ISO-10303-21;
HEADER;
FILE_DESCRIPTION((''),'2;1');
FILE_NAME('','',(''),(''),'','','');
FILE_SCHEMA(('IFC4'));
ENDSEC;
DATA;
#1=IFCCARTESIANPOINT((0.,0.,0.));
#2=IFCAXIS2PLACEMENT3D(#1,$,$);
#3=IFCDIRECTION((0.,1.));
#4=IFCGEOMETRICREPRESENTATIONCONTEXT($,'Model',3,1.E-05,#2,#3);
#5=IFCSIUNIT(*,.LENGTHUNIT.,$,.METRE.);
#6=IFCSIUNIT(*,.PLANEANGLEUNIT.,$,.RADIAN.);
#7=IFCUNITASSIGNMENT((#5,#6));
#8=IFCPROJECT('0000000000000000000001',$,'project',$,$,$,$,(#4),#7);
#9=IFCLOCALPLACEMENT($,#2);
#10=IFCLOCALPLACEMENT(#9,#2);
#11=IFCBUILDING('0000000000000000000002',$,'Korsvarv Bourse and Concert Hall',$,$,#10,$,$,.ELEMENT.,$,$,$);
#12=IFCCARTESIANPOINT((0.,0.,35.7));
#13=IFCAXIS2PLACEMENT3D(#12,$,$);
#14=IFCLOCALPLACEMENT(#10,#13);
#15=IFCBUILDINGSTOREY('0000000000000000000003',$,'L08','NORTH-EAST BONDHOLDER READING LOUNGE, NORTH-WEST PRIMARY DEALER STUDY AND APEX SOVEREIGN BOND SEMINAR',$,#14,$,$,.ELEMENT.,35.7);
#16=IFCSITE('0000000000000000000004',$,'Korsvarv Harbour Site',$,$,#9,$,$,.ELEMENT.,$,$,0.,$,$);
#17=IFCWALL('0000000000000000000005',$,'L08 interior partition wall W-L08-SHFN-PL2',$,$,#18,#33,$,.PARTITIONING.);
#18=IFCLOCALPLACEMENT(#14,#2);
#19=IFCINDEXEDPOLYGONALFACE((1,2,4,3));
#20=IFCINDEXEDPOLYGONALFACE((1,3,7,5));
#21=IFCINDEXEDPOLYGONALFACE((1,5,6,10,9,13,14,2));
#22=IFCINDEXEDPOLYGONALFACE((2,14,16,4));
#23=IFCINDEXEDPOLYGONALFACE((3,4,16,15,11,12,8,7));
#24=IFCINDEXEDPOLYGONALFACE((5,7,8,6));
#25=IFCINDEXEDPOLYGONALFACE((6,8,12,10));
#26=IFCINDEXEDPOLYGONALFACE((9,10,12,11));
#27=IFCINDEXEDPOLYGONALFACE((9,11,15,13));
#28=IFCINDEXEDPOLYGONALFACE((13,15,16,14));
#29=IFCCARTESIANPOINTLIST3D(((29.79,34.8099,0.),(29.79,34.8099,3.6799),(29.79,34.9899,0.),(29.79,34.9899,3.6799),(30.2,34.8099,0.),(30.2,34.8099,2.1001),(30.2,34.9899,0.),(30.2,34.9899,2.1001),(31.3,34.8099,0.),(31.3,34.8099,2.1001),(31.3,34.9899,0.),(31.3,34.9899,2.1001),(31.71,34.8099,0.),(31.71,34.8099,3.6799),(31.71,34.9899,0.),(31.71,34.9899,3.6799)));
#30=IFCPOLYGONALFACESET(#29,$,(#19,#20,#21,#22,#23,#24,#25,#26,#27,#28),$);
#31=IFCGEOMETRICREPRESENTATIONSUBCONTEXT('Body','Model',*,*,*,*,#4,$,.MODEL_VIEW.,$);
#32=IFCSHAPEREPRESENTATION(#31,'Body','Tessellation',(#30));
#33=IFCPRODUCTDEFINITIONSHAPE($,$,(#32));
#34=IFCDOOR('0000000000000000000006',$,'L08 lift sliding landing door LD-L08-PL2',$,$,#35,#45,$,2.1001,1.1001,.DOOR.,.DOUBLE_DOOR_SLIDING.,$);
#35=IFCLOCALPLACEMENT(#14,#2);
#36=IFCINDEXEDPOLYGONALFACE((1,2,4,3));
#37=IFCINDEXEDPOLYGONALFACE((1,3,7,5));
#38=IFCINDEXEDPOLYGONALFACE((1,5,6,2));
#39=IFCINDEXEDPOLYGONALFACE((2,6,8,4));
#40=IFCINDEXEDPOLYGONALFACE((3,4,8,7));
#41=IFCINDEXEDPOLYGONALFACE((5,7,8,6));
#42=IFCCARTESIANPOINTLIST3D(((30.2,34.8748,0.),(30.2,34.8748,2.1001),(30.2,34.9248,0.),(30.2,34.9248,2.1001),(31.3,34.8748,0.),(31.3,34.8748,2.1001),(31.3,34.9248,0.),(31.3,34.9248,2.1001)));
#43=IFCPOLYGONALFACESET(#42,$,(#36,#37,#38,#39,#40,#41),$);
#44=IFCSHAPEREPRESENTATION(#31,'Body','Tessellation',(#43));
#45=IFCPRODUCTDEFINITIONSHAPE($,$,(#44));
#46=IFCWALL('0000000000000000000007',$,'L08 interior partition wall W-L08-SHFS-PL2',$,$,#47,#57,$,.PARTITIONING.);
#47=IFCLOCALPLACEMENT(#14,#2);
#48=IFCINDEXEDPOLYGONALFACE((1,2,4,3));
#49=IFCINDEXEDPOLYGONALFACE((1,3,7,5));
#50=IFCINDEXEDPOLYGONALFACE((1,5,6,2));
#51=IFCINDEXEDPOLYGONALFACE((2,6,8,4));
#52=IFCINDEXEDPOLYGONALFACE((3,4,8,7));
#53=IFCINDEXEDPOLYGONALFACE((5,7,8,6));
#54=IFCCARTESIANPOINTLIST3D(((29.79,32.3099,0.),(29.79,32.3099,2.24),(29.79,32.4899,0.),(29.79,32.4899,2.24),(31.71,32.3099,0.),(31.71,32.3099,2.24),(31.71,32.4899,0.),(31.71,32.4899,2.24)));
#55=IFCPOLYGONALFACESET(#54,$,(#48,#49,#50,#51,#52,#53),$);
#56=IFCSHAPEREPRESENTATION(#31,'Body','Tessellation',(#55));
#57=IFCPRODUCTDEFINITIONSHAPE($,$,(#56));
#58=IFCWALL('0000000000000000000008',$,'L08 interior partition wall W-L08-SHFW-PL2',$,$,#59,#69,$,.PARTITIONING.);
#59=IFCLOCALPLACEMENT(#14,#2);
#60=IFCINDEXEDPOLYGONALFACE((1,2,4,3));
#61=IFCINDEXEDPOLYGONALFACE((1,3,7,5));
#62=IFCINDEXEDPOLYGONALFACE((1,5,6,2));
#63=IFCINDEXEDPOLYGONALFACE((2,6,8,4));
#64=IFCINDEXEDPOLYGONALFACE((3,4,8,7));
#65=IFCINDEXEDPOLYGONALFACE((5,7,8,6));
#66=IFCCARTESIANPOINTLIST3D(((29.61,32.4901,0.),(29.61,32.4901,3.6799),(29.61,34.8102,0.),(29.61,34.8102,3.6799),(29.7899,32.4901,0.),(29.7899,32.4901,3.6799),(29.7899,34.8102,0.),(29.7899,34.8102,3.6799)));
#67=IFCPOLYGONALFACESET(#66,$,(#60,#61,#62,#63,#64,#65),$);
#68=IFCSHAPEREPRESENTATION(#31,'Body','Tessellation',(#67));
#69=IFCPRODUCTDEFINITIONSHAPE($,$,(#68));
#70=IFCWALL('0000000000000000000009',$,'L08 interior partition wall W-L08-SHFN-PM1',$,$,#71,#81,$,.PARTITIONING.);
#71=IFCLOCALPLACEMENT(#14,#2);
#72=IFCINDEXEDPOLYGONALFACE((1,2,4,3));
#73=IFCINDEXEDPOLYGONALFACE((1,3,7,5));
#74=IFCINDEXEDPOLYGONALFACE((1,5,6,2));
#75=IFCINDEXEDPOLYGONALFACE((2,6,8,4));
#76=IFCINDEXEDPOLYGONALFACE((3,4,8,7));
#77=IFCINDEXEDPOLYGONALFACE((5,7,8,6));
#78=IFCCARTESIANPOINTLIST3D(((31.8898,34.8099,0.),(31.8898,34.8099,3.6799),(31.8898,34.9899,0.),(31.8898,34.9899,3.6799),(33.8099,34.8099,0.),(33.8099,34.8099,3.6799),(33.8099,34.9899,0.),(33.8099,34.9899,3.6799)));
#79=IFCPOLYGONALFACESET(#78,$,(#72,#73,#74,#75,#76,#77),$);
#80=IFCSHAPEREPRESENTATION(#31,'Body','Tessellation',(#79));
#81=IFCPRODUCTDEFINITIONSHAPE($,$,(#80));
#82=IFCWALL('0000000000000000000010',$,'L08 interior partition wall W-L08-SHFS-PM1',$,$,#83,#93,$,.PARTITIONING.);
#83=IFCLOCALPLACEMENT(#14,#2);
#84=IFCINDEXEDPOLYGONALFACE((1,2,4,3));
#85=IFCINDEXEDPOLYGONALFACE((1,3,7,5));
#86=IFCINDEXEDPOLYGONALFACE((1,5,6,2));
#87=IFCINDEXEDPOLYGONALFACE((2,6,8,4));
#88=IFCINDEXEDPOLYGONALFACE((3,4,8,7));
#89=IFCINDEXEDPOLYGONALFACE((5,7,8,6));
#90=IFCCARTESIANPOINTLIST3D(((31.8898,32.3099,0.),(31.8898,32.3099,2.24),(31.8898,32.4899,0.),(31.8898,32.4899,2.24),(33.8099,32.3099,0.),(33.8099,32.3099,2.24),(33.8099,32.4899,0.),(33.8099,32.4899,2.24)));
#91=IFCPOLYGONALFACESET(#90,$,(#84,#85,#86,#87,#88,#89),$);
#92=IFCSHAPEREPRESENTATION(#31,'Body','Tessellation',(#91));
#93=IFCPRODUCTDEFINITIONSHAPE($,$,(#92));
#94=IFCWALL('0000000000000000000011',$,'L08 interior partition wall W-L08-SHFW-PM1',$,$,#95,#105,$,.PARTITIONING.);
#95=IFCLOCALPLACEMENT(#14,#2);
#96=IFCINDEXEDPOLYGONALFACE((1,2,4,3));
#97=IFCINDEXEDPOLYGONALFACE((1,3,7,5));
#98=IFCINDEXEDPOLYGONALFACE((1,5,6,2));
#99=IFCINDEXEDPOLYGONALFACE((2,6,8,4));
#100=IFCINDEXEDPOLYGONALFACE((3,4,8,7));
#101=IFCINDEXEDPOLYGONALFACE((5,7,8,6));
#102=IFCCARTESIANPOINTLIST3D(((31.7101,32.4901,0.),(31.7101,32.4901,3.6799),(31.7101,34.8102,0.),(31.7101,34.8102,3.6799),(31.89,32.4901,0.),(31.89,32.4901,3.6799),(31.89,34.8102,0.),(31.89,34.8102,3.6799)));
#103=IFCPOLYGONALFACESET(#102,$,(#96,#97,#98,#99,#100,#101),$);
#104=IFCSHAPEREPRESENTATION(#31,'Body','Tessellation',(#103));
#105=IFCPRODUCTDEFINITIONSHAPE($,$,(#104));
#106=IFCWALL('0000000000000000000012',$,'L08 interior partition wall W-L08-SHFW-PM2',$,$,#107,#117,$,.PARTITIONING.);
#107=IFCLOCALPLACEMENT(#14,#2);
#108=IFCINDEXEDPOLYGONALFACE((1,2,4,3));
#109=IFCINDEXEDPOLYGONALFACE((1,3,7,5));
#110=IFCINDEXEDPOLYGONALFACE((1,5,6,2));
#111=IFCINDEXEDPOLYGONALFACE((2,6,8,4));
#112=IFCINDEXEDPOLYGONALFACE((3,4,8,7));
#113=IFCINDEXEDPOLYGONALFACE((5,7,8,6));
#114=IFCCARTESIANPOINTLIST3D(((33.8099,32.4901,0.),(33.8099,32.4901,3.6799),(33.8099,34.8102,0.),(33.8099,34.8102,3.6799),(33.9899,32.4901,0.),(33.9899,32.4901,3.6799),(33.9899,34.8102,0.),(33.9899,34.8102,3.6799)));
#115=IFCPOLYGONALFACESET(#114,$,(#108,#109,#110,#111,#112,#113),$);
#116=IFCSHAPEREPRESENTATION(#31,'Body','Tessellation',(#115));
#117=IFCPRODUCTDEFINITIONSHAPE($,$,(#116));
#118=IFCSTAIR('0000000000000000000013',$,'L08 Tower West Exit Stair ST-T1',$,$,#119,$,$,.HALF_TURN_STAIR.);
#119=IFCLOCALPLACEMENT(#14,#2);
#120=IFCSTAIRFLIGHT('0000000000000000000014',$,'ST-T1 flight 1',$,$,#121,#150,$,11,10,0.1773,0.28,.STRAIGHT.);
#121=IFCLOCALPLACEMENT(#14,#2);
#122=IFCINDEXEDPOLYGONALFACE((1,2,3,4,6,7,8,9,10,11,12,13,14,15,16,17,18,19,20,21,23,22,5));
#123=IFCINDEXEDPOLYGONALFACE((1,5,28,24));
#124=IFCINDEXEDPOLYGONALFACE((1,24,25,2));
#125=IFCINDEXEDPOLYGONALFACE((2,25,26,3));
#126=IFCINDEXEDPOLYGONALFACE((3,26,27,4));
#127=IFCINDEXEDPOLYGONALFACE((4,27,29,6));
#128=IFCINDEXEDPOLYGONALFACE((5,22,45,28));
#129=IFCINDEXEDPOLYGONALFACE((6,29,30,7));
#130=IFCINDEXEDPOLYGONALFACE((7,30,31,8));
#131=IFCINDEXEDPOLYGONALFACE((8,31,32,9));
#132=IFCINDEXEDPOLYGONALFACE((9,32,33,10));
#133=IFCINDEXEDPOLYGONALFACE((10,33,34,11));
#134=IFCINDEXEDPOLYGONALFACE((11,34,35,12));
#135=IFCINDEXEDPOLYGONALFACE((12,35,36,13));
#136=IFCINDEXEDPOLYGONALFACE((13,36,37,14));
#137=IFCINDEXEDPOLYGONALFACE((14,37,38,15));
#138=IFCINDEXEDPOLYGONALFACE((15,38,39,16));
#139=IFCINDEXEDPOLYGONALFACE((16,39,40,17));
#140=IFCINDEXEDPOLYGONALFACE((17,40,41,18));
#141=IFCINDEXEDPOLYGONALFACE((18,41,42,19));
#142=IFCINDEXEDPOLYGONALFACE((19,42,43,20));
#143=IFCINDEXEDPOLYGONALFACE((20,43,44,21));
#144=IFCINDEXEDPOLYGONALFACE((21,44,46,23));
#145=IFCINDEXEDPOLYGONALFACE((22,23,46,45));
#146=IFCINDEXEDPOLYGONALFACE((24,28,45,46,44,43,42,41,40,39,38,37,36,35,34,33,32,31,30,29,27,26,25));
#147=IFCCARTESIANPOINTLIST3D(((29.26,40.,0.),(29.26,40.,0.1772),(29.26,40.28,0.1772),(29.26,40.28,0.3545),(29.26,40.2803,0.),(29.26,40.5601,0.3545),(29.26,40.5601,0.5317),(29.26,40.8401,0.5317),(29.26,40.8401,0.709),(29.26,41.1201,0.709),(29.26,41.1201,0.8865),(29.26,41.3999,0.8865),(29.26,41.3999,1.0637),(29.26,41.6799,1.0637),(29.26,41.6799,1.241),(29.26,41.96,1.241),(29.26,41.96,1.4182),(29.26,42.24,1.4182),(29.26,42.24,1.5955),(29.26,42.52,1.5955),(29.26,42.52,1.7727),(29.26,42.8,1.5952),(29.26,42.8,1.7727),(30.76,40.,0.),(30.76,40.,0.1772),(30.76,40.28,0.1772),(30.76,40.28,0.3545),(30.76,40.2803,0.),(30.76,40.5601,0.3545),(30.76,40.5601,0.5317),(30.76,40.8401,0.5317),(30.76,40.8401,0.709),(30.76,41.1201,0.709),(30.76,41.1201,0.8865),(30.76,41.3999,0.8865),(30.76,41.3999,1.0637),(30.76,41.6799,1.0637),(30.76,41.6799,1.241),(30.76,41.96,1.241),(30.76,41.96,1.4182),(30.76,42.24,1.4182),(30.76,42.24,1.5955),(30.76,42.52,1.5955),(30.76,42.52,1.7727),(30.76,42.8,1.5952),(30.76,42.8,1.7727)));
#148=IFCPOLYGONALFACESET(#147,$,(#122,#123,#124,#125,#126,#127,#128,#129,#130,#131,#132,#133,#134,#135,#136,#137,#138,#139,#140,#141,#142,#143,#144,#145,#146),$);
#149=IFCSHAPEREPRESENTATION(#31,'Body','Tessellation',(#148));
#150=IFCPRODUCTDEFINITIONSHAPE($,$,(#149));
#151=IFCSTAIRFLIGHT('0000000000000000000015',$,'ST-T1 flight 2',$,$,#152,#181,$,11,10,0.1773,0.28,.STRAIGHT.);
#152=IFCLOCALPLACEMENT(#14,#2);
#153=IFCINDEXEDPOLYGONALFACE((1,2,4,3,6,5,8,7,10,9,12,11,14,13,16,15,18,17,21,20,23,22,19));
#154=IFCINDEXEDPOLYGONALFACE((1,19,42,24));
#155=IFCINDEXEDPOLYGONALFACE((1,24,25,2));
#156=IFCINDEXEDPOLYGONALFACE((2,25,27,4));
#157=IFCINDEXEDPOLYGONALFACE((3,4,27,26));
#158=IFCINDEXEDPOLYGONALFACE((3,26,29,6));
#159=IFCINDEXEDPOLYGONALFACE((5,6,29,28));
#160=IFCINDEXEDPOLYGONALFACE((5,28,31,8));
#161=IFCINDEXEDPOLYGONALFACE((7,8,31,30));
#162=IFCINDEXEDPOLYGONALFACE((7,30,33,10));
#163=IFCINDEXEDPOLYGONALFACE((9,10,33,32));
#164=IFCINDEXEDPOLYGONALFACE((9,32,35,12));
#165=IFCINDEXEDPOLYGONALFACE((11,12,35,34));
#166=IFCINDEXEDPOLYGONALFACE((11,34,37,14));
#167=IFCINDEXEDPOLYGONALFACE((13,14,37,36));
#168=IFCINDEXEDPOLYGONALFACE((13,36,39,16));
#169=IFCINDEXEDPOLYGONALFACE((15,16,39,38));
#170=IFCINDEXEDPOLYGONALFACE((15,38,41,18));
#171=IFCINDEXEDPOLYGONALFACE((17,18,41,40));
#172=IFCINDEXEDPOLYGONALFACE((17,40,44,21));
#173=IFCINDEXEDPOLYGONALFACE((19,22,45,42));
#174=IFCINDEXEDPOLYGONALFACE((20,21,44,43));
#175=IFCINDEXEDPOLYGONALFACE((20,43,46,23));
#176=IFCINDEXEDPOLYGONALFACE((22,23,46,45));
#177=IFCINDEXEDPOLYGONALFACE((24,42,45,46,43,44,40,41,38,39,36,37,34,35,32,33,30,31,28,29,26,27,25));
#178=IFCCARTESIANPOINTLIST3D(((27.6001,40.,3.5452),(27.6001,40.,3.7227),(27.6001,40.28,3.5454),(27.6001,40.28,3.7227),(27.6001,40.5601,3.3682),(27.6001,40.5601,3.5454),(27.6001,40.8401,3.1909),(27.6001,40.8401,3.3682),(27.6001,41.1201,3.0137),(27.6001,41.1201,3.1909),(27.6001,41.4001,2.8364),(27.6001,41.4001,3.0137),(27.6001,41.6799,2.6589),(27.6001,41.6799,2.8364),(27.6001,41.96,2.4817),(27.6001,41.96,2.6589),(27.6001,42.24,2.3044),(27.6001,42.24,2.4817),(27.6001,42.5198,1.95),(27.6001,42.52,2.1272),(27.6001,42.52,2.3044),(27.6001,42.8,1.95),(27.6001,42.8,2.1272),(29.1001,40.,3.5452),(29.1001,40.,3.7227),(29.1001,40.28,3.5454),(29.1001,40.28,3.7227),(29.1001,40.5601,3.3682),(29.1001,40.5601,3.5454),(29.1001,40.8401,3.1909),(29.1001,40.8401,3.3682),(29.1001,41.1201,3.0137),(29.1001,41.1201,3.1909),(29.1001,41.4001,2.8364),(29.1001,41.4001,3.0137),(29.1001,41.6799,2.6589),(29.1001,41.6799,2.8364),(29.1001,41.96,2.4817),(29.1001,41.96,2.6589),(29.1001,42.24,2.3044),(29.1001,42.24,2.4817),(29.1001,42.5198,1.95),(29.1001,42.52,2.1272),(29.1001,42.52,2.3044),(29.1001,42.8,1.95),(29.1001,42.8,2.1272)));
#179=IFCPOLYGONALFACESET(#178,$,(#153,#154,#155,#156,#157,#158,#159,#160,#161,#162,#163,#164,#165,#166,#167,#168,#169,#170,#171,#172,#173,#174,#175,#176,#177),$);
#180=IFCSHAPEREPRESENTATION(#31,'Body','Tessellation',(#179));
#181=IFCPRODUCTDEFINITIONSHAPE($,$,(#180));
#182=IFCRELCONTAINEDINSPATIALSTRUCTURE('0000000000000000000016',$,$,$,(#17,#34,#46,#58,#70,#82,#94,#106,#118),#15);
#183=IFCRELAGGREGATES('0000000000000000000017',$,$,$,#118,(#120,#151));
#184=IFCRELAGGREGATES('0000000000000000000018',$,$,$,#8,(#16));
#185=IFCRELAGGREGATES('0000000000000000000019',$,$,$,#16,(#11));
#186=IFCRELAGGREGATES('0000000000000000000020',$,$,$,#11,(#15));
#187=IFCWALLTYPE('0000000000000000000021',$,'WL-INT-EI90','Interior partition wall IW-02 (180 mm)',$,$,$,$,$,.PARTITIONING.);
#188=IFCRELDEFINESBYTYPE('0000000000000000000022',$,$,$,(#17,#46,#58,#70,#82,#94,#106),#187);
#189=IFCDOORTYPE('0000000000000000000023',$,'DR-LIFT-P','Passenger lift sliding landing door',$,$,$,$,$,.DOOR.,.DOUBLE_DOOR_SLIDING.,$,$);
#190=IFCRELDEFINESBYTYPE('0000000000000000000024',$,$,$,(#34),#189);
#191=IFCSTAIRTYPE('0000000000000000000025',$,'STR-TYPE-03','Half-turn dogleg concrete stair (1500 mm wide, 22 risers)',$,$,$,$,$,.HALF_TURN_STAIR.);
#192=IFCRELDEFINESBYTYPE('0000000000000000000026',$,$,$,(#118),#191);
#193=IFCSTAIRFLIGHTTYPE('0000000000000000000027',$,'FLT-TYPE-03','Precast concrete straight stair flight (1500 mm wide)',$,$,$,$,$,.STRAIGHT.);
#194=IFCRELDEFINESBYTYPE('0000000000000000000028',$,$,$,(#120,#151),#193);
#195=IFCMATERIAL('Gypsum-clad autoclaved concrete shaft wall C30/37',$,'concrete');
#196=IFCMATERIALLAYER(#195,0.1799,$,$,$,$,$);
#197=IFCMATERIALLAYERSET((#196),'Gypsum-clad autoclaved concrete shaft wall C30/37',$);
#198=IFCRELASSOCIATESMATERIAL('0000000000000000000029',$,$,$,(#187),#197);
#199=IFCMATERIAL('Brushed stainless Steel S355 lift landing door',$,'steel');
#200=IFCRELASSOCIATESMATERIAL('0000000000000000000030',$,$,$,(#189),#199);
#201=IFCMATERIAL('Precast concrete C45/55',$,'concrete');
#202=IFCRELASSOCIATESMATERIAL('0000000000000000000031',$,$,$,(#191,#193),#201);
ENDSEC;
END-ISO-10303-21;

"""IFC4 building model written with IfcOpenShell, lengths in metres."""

from ifc_helpers import new_model, si_unit, direction, frame, frame_2d, origin, place, context, subcontext, project, spatial, polyline, rectangle, outline, extrude, material, layer, layer_set, type_object, element, fill, aggregate, save


model = new_model("IFC4")

# Units and contexts
model_context = context("Model", 3, precision=1e-05, world=origin(), true_north=direction((0.0, 1.0)))
body_context = subcontext(model_context, "Body", "Model", "MODEL_VIEW")
ifc_project = project(units=[si_unit("LENGTHUNIT", "METRE"), si_unit("PLANEANGLEUNIT", "RADIAN")], contexts=[model_context])

# Site, building, storey
site_placement = place(None, origin())
site = spatial("IfcSite", under=ifc_project, at=site_placement, Name="Korsvarv Harbour Site", CompositionType="ELEMENT", RefElevation=0.0)
building_placement = place(site_placement, origin())
building = spatial("IfcBuilding", under=site, at=building_placement, Name="Korsvarv Bourse and Concert Hall", CompositionType="ELEMENT")
storey_placement = place(building_placement, frame((0.0, 0.0, 35.7)))
storey = spatial("IfcBuildingStorey", under=building, at=storey_placement, Name="L08", Description="NORTH-EAST BONDHOLDER READING LOUNGE, NORTH-WEST PRIMARY DEALER STUDY AND APEX SOVEREIGN BOND SEMINAR", CompositionType="ELEMENT", Elevation=35.7)

# Wall, opening, door
ifc_material_1 = material(Name="Gypsum-clad autoclaved concrete shaft wall C30/37", Category="concrete")
ifc_layer_1 = layer(ifc_material_1, 0.1799)
ifc_layer_set_1 = layer_set([ifc_layer_1], Name="Gypsum-clad autoclaved concrete shaft wall C30/37")
wall_type_1 = type_object("IfcWallType", Name="WL-INT-EI90", Description="Interior partition wall IW-02 (180 mm)", PredefinedType="PARTITIONING", material=ifc_layer_set_1)
wall_1_placement = place(storey_placement, frame((29.79, 34.8999, 0.0), z_axis=(0.0, 0.0, 1.0), x_axis=(1.0, 0.0, 0.0)))
wall_1 = element("IfcWall", 1, at=wall_1_placement, inside=storey, type_object=wall_type_1, Name="L08 interior partition wall W-L08-SHFN-PL2", PredefinedType="PARTITIONING", context=body_context, shape_type="SweptSolid", body=[
    extrude(rectangle(XDim=1.9199, YDim=0.1799, at=frame_2d((0.96, 0.0))), origin(), (0.0, 0.0, 1.0), 3.6799),
])
opening_1_placement = place(wall_1_placement, frame((0.4099, 0.0, 0.0)))
opening_1 = element("IfcOpeningElement", 2, at=opening_1_placement, cuts=wall_1, PredefinedType="OPENING", context=body_context, shape_type="SweptSolid", body=[
    extrude(rectangle(XDim=1.1001, YDim=2.1001, at=frame_2d((0.55, 1.05))), frame((0.0, 0.1001, 0.0), z_axis=(0.0, -1.0, 0.0), x_axis=(1.0, 0.0, 0.0)), (0.0, 0.0, 1.0), 0.2),
])
ifc_material_2 = material(Name="Brushed stainless Steel S355 lift landing door", Category="steel")
door_type_1 = type_object("IfcDoorType", Name="DR-LIFT-P", Description="Passenger lift sliding landing door", OperationType="DOUBLE_DOOR_SLIDING", PredefinedType="DOOR", material=ifc_material_2)
door_1_placement = place(opening_1_placement, origin())
door_1 = element("IfcDoor", 3, at=door_1_placement, inside=storey, type_object=door_type_1, Name="L08 lift sliding landing door LD-L08-PL2", OperationType="DOUBLE_DOOR_SLIDING", OverallHeight=2.1001, OverallWidth=1.1001, PredefinedType="DOOR", context=body_context, shape_type="SweptSolid", body=[
    extrude(rectangle(XDim=1.1001, YDim=2.1001, at=frame_2d((0.55, 1.05))), frame((0.0, 0.0249, 0.0), z_axis=(0.0, -1.0, 0.0), x_axis=(1.0, 0.0, 0.0)), (0.0, 0.0, 1.0), 0.05),
])
fill(opening_1, door_1)

# Walls
wall_2_placement = place(storey_placement, frame((29.79, 32.3999, 0.0), z_axis=(0.0, 0.0, 1.0), x_axis=(1.0, 0.0, 0.0)))
element("IfcWall", 4, at=wall_2_placement, inside=storey, type_object=wall_type_1, Name="L08 interior partition wall W-L08-SHFS-PL2", PredefinedType="PARTITIONING", context=body_context, shape_type="SweptSolid", body=[
    extrude(rectangle(XDim=1.9199, YDim=0.1799, at=frame_2d((0.96, 0.0))), origin(), (0.0, 0.0, 1.0), 2.24),
])
wall_3_placement = place(storey_placement, frame((29.7, 32.49, 0.0), z_axis=(0.0, 0.0, 1.0), x_axis=(0.0, 1.0, 0.0)))
element("IfcWall", 5, at=wall_3_placement, inside=storey, type_object=wall_type_1, Name="L08 interior partition wall W-L08-SHFW-PL2", PredefinedType="PARTITIONING", context=body_context, shape_type="SweptSolid", body=[
    extrude(rectangle(XDim=2.3201, YDim=0.1799, at=frame_2d((1.1602, 0.0))), origin(), (0.0, 0.0, 1.0), 3.6799),
])
wall_4_placement = place(storey_placement, frame((31.8899, 34.8999, 0.0), z_axis=(0.0, 0.0, 1.0), x_axis=(1.0, 0.0, 0.0)))
element("IfcWall", 6, at=wall_4_placement, inside=storey, type_object=wall_type_1, Name="L08 interior partition wall W-L08-SHFN-PM1", PredefinedType="PARTITIONING", context=body_context, shape_type="SweptSolid", body=[
    extrude(rectangle(XDim=1.9202, YDim=0.1799, at=frame_2d((0.96, 0.0))), origin(), (0.0, 0.0, 1.0), 3.6799),
])
wall_5_placement = place(storey_placement, frame((31.8899, 32.3999, 0.0), z_axis=(0.0, 0.0, 1.0), x_axis=(1.0, 0.0, 0.0)))
element("IfcWall", 7, at=wall_5_placement, inside=storey, type_object=wall_type_1, Name="L08 interior partition wall W-L08-SHFS-PM1", PredefinedType="PARTITIONING", context=body_context, shape_type="SweptSolid", body=[
    extrude(rectangle(XDim=1.9202, YDim=0.1799, at=frame_2d((0.96, 0.0))), origin(), (0.0, 0.0, 1.0), 2.24),
])
for number, where, z_axis, x_axis, name in (
    (8, (31.8, 32.49, 0.0), (0.0, 0.0, 1.0), (0.0, 1.0, 0.0), "L08 interior partition wall W-L08-SHFW-PM1"),
    (9, (33.8999, 32.49, 0.0), (0.0, 0.0, 1.0), (0.0, 1.0, 0.0), "L08 interior partition wall W-L08-SHFW-PM2"),
):
    element("IfcWall", number, at=place(storey_placement, frame(where, z_axis=z_axis, x_axis=x_axis)), inside=storey, type_object=wall_type_1, Name=name, PredefinedType="PARTITIONING", context=body_context, shape_type="SweptSolid", body=[
        extrude(rectangle(XDim=2.3201, YDim=0.1799, at=frame_2d((1.1602, 0.0))), origin(), (0.0, 0.0, 1.0), 3.6799),
    ])

# Stair, stair flights
ifc_material_3 = material(Name="Precast concrete C45/55", Category="concrete")
stair_type = type_object("IfcStairType", Name="STR-TYPE-03", Description="Half-turn dogleg concrete stair (1500 mm wide, 22 risers)", PredefinedType="HALF_TURN_STAIR", material=ifc_material_3)
stair_placement = place(storey_placement, origin())
stair = element("IfcStair", 10, at=stair_placement, inside=storey, type_object=stair_type, Name="L08 Tower West Exit Stair ST-T1", PredefinedType="HALF_TURN_STAIR")
stair_flight_type = type_object("IfcStairFlightType", Name="FLT-TYPE-03", Description="Precast concrete straight stair flight (1500 mm wide)", PredefinedType="STRAIGHT", material=ifc_material_3)
stair_flight_1_placement = place(storey_placement, frame((30.01, 40.0, 0.0), z_axis=(0.0, 0.0, 1.0), x_axis=(0.0, 1.0, 0.0)))
stair_flight_1 = element("IfcStairFlight", 11, at=stair_flight_1_placement, type_object=stair_flight_type, Name="ST-T1 flight 1", NumberOfRisers=11, NumberOfTreads=10, PredefinedType="STRAIGHT", RiserHeight=0.1773, TreadLength=0.28, context=body_context, shape_type="SweptSolid", body=[
    extrude(outline(polyline([(0.0, 0.0), (0.0, 0.1772), (0.28, 0.1772), (0.28, 0.3545), (0.5601, 0.3545), (0.5601, 0.5317), (0.8401, 0.5317), (0.8401, 0.709), (1.1201, 0.709), (1.1201, 0.8865), (1.3999, 0.8865), (1.3999, 1.0637), (1.6799, 1.0637), (1.6799, 1.241), (1.96, 1.241), (1.96, 1.4182), (2.24, 1.4182), (2.24, 1.5955), (2.52, 1.5955), (2.52, 1.7727), (2.8, 1.7727), (2.8, 1.95), (2.8, 1.5952), (0.2803, 0.0), (0.0, 0.0)])), frame((0.0, 0.75, 0.0), z_axis=(0.0, -1.0, 0.0), x_axis=(1.0, 0.0, 0.0)), (0.0, 0.0, 1.0), 1.5),
])
stair_flight_2_placement = place(storey_placement, frame((28.3501, 42.8, 1.95), z_axis=(0.0, 0.0, 1.0), x_axis=(0.0, -1.0, 0.0)))
stair_flight_2 = element("IfcStairFlight", 12, at=stair_flight_2_placement, type_object=stair_flight_type, Name="ST-T1 flight 2", NumberOfRisers=11, NumberOfTreads=10, PredefinedType="STRAIGHT", RiserHeight=0.1773, TreadLength=0.28, context=body_context, shape_type="SweptSolid", body=[
    extrude(outline(polyline([(0.0, 0.0), (0.0, 0.1772), (0.28, 0.1772), (0.28, 0.3545), (0.5601, 0.3545), (0.5601, 0.5317), (0.8401, 0.5317), (0.8401, 0.709), (1.1201, 0.709), (1.1201, 0.8865), (1.3999, 0.8865), (1.3999, 1.0637), (1.6799, 1.0637), (1.6799, 1.241), (1.96, 1.241), (1.96, 1.4182), (2.24, 1.4182), (2.24, 1.5955), (2.52, 1.5955), (2.52, 1.7727), (2.8, 1.7727), (2.8, 1.95), (2.8, 1.5952), (0.2803, 0.0), (0.0, 0.0)])), frame((0.0, 0.75, 0.0), z_axis=(0.0, -1.0, 0.0), x_axis=(1.0, 0.0, 0.0)), (0.0, 0.0, 1.0), 1.5),
])
aggregate(stair, [stair_flight_1, stair_flight_2])

save(model, "model.ifc")
